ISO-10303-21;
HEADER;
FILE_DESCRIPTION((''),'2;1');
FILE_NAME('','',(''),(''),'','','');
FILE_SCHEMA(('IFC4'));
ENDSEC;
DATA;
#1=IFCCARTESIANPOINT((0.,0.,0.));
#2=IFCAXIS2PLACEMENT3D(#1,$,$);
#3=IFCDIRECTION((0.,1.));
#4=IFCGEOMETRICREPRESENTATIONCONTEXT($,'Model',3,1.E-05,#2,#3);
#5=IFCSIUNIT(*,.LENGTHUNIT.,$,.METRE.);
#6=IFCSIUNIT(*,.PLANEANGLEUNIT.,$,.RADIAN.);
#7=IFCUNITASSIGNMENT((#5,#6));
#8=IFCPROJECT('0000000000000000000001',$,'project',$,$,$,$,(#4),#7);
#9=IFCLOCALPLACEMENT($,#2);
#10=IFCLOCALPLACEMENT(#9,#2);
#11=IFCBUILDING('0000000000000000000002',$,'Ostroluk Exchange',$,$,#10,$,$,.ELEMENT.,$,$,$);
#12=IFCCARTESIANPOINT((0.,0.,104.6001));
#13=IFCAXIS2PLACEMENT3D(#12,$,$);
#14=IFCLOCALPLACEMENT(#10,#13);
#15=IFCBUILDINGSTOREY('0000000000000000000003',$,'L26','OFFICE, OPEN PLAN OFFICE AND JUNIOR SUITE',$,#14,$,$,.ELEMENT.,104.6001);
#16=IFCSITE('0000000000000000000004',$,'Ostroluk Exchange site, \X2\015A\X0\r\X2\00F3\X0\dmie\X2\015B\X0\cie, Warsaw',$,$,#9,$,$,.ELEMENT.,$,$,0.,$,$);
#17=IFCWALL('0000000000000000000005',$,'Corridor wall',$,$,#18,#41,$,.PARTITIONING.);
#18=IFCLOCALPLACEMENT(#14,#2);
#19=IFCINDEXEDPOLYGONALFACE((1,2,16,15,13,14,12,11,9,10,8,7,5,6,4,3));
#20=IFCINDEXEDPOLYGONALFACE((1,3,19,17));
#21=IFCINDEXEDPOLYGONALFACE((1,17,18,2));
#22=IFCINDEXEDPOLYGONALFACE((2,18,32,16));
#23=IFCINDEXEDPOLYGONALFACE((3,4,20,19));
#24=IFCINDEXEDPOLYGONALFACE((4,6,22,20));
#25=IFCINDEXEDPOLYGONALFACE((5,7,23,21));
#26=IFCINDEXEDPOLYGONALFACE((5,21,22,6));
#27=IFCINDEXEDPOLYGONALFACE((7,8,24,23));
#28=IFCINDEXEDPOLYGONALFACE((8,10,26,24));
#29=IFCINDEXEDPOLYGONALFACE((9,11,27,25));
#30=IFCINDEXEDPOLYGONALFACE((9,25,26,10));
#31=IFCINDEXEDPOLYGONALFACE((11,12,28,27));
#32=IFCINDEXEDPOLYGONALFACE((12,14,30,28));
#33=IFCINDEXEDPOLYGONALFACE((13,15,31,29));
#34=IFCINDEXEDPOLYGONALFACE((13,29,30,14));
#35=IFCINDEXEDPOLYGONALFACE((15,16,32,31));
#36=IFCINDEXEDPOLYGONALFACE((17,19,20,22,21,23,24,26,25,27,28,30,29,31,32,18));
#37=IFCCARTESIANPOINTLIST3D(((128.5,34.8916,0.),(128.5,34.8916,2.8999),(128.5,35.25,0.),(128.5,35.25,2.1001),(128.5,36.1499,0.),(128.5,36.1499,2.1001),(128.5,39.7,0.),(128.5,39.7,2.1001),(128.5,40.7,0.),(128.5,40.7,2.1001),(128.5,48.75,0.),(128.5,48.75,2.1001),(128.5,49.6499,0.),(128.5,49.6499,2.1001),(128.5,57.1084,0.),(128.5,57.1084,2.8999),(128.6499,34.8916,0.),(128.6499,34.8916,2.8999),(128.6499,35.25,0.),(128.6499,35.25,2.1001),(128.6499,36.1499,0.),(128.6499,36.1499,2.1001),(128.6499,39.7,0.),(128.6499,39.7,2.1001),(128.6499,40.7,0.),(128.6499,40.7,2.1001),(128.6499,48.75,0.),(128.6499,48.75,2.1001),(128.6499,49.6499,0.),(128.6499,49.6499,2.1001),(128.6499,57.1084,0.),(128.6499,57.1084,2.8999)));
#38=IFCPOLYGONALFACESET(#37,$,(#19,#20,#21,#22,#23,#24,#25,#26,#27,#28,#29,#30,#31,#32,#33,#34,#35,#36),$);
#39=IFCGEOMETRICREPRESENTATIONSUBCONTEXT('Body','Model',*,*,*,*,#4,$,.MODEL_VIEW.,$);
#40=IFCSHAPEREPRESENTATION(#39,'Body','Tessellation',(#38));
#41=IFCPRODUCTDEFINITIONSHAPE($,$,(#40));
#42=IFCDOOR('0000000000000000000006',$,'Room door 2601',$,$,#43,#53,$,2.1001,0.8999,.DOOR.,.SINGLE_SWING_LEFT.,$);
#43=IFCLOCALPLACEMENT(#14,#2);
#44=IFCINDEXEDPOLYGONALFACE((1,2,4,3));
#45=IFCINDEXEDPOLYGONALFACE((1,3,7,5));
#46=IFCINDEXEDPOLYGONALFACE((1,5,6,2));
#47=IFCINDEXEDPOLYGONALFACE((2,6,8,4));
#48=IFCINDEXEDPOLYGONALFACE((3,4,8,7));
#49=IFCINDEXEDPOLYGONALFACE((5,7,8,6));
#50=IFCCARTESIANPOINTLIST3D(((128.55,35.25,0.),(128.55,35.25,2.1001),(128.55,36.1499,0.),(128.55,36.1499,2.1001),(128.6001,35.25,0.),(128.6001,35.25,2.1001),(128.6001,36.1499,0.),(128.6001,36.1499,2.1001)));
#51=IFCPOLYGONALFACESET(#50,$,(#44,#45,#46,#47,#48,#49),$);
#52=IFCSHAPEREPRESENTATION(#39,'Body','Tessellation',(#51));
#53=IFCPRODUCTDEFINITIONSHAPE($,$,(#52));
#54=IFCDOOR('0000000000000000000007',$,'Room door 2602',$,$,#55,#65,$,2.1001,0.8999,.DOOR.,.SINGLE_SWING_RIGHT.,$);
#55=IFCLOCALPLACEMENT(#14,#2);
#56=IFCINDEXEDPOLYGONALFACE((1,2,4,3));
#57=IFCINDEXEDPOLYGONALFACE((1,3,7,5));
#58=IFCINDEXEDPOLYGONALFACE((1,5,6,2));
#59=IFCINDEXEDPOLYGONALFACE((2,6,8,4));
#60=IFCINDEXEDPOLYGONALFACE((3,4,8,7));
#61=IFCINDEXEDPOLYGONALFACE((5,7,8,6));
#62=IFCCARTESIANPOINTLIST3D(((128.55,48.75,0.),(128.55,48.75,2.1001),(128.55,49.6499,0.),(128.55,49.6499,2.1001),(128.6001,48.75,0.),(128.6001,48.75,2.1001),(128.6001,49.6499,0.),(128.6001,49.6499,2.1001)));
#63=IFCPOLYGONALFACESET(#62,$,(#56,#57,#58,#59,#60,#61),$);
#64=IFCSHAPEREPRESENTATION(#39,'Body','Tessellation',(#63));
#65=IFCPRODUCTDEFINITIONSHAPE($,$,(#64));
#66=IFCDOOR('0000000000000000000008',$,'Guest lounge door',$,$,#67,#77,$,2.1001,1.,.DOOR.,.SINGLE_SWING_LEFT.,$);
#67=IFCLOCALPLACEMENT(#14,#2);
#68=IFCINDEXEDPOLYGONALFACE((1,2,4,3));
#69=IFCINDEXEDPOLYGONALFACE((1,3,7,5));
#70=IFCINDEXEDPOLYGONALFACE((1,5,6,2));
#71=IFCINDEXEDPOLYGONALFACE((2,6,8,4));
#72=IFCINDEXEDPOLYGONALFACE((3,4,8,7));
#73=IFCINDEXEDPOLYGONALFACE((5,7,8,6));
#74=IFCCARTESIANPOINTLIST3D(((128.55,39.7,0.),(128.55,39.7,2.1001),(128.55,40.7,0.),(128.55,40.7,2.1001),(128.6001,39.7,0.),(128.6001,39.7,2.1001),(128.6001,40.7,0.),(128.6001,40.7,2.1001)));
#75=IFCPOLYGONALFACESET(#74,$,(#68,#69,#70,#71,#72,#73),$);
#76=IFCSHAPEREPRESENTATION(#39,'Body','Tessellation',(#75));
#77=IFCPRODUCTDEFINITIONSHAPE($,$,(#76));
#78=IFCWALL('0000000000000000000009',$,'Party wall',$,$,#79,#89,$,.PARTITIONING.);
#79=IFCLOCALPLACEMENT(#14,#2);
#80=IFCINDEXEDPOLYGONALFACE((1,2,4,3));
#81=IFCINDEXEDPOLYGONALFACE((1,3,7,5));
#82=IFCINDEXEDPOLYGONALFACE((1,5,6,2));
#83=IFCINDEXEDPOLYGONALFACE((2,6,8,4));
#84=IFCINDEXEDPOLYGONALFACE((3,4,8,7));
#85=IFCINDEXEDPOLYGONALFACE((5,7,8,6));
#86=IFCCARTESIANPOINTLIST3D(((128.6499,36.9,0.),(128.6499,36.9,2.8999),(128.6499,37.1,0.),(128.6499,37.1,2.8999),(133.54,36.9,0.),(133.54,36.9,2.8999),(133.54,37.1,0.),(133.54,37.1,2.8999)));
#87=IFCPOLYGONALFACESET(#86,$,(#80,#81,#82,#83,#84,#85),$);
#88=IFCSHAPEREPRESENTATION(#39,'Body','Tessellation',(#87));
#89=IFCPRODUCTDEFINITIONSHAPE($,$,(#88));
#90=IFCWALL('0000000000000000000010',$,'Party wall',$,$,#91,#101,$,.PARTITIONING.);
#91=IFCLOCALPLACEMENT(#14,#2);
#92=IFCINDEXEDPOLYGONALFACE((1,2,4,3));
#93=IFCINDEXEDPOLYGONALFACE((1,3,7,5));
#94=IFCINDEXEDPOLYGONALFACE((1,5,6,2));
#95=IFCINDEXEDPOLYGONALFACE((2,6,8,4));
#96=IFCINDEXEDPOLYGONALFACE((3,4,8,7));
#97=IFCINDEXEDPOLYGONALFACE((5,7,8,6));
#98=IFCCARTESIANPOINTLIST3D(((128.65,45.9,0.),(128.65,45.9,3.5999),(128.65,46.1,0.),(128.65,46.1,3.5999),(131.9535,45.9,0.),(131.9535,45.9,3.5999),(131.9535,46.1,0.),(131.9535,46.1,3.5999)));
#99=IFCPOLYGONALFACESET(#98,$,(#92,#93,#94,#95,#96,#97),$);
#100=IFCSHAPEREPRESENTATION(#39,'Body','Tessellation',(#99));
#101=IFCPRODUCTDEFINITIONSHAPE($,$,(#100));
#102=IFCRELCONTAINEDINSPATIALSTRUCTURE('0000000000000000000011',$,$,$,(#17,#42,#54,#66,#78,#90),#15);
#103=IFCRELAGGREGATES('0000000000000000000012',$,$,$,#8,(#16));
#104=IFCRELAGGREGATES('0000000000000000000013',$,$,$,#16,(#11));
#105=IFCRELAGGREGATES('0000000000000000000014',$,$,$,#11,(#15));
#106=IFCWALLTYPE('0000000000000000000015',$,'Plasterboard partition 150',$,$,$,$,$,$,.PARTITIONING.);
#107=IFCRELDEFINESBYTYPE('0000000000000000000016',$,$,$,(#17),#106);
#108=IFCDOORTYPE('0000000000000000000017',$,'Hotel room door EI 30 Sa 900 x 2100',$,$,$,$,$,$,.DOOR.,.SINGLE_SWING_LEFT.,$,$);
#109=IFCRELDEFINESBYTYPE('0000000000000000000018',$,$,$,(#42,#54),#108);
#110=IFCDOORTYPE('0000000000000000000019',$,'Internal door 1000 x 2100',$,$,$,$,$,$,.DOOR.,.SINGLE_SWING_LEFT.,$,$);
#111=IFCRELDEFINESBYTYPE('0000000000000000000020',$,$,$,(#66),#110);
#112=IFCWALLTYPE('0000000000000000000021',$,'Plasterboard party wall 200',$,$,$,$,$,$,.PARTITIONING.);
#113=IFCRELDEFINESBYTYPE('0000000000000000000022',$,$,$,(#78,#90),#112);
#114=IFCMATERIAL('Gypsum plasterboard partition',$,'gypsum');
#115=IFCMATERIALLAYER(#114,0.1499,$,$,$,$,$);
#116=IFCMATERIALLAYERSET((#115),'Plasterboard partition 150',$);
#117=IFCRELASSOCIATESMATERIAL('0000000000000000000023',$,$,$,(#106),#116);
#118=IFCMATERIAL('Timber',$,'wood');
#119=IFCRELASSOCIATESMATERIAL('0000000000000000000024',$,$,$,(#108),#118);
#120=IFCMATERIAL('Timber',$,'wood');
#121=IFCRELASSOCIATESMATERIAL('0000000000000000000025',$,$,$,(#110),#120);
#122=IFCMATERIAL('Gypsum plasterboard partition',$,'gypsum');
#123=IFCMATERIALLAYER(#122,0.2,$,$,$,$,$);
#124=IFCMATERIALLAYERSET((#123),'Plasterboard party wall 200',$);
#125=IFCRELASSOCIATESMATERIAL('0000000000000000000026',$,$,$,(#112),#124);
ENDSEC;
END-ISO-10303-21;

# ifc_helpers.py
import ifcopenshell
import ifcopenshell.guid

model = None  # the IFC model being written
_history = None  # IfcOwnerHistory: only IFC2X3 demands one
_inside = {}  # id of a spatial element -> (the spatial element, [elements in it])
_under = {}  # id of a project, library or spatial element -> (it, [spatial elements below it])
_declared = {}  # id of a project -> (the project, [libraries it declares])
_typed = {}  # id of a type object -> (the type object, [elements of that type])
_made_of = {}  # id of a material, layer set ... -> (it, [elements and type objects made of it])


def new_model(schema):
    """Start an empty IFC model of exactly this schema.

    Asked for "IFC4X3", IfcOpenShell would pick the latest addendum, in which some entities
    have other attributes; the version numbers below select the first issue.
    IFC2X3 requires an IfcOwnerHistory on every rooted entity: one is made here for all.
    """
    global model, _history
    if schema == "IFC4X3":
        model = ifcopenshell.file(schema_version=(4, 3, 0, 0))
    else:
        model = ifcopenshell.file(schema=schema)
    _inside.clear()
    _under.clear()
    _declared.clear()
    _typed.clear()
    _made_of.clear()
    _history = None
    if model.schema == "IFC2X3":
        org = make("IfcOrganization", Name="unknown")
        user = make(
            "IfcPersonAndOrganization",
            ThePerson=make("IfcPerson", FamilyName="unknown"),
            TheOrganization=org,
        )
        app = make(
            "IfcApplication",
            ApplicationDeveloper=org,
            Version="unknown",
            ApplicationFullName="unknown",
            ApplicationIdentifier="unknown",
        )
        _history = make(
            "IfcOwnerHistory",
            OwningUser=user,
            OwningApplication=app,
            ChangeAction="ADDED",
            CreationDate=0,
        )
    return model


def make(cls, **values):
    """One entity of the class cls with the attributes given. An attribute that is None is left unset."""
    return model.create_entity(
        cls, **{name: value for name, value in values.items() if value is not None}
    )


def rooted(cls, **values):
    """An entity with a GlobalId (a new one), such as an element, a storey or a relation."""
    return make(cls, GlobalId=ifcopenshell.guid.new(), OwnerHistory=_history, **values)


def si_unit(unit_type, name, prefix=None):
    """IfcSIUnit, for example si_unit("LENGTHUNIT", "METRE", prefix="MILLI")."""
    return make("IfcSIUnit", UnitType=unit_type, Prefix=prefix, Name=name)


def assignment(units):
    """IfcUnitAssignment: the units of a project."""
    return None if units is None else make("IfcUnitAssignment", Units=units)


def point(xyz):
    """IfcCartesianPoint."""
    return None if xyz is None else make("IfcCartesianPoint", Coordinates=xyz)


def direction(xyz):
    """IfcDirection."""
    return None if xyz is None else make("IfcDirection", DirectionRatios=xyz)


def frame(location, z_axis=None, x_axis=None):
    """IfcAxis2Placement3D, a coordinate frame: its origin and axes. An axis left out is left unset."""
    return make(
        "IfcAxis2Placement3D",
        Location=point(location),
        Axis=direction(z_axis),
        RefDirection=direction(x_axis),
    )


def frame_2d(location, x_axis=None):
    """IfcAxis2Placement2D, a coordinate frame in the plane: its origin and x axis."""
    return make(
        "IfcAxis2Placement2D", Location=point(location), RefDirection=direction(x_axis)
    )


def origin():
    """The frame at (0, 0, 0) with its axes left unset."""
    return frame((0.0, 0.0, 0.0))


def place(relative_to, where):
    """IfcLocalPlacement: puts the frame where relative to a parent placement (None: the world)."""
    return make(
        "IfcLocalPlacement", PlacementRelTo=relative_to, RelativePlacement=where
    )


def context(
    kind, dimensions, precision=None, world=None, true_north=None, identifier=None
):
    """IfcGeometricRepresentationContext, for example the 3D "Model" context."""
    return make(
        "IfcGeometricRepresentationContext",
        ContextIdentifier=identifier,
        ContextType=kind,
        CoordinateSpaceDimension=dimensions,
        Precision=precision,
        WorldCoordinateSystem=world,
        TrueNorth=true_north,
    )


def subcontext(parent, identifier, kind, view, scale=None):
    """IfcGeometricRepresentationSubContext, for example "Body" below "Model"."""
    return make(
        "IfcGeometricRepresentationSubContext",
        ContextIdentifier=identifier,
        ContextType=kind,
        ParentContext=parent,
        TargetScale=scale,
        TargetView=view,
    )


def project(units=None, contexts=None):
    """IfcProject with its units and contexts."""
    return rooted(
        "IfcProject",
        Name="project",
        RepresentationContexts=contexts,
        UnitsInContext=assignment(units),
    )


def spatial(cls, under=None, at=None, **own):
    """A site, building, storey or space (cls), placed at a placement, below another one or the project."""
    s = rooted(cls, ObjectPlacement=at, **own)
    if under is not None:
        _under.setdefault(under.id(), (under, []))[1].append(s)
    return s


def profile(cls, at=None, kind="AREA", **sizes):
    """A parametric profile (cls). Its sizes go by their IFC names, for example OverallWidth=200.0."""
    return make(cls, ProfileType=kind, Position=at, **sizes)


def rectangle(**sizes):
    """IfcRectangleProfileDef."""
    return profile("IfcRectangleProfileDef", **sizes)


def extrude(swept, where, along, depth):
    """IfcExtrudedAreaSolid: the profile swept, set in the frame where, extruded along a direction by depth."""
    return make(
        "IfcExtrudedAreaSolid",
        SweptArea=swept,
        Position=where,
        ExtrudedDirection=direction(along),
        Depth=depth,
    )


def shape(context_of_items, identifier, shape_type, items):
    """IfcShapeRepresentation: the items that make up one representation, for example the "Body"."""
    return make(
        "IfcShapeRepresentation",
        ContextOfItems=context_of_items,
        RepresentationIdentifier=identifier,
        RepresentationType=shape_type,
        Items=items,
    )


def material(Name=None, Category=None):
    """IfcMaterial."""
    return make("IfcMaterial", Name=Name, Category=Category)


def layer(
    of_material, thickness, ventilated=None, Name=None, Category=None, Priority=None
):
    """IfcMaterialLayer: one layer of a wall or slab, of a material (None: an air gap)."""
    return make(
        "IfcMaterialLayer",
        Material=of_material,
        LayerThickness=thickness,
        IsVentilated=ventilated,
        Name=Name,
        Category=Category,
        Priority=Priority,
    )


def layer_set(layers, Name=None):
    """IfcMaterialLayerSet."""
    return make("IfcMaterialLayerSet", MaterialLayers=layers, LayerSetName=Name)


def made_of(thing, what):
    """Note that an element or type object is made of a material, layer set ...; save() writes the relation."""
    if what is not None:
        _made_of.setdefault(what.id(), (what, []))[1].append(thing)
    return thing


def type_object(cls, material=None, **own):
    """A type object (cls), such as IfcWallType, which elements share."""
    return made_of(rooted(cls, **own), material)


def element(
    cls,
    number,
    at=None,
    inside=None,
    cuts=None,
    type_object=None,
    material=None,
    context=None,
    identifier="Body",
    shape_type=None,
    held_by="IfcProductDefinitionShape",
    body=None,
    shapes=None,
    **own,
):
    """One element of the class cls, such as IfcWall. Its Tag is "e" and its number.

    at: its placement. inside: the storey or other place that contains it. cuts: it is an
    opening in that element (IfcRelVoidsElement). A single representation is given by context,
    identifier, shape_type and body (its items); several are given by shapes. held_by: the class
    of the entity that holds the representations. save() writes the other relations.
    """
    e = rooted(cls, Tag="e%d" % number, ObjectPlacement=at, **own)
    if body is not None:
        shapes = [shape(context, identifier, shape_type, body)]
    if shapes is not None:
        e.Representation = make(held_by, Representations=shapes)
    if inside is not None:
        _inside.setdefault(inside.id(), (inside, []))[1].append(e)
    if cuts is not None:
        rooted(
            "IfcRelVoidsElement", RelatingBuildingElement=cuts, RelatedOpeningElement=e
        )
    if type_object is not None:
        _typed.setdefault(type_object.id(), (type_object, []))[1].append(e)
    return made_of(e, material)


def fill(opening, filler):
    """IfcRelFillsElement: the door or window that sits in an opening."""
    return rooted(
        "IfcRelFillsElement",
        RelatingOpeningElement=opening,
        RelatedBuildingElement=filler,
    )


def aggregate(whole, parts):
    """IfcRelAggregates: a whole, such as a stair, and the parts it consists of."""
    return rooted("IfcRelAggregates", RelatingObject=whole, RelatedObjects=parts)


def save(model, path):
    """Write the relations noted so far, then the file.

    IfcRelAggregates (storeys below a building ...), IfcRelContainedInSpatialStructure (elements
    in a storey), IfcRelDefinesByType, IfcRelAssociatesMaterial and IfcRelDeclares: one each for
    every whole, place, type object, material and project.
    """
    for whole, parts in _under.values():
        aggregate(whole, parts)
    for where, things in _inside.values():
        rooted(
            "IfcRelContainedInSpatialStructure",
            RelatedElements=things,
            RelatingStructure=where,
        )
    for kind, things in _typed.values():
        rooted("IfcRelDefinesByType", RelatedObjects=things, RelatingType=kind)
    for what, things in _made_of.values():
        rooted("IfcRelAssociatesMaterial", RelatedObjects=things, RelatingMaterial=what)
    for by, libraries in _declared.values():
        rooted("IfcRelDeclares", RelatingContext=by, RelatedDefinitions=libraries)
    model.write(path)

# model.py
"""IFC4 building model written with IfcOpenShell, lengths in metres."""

from ifc_helpers import new_model, si_unit, direction, frame, frame_2d, origin, place, context, subcontext, project, spatial, rectangle, extrude, material, layer, layer_set, type_object, element, fill, save


model = new_model("IFC4")

# Units and contexts
model_context = context("Model", 3, precision=1e-05, world=origin(), true_north=direction((0.0, 1.0)))
body_context = subcontext(model_context, "Body", "Model", "MODEL_VIEW")
ifc_project = project(units=[si_unit("LENGTHUNIT", "METRE"), si_unit("PLANEANGLEUNIT", "RADIAN")], contexts=[model_context])

# Site, building, storey
site_placement = place(None, origin())
site = spatial("IfcSite", under=ifc_project, at=site_placement, Name="Ostroluk Exchange site, Śródmieście, Warsaw", CompositionType="ELEMENT", RefElevation=0.0)
building_placement = place(site_placement, origin())
building = spatial("IfcBuilding", under=site, at=building_placement, Name="Ostroluk Exchange", CompositionType="ELEMENT")
storey_placement = place(building_placement, frame((0.0, 0.0, 104.6001)))
storey = spatial("IfcBuildingStorey", under=building, at=storey_placement, Name="L26", Description="OFFICE, OPEN PLAN OFFICE AND JUNIOR SUITE", CompositionType="ELEMENT", Elevation=104.6001)

# Wall, openings, doors
ifc_material_1 = material(Name="Gypsum plasterboard partition", Category="gypsum")
ifc_layer_1 = layer(ifc_material_1, 0.1499)
ifc_layer_set_1 = layer_set([ifc_layer_1], Name="Plasterboard partition 150")
wall_type_1 = type_object("IfcWallType", Name="Plasterboard partition 150", PredefinedType="PARTITIONING", material=ifc_layer_set_1)
wall_1_placement = place(storey_placement, frame((128.575, 34.8916, 0.0), z_axis=(0.0, 0.0, 1.0), x_axis=(0.0, 1.0, 0.0)))
wall_1 = element("IfcWall", 1, at=wall_1_placement, inside=storey, type_object=wall_type_1, Name="Corridor wall", PredefinedType="PARTITIONING", context=body_context, shape_type="SweptSolid", body=[
    extrude(rectangle(XDim=22.2168, YDim=0.1499, at=frame_2d((11.1084, 0.0))), origin(), (0.0, 0.0, 1.0), 2.8999),
])
opening_1_placement = place(wall_1_placement, frame((0.3584, 0.0, 0.0)))
opening_1 = element("IfcOpeningElement", 2, at=opening_1_placement, cuts=wall_1, PredefinedType="OPENING", context=body_context, shape_type="SweptSolid", body=[
    extrude(rectangle(XDim=0.8999, YDim=2.1001, at=frame_2d((0.45, 1.05))), frame((0.0, 0.085, 0.0), z_axis=(0.0, -1.0, 0.0), x_axis=(1.0, 0.0, 0.0)), (0.0, 0.0, 1.0), 0.1699),
])
opening_2_placement = place(wall_1_placement, frame((4.8083, 0.0, 0.0)))
opening_2 = element("IfcOpeningElement", 3, at=opening_2_placement, cuts=wall_1, PredefinedType="OPENING", context=body_context, shape_type="SweptSolid", body=[
    extrude(rectangle(XDim=1.0, YDim=2.1001, at=frame_2d((0.5, 1.05))), frame((0.0, 0.085, 0.0), z_axis=(0.0, -1.0, 0.0), x_axis=(1.0, 0.0, 0.0)), (0.0, 0.0, 1.0), 0.1699),
])
opening_3_placement = place(wall_1_placement, frame((13.8584, 0.0, 0.0)))
opening_3 = element("IfcOpeningElement", 4, at=opening_3_placement, cuts=wall_1, PredefinedType="OPENING", context=body_context, shape_type="SweptSolid", body=[
    extrude(rectangle(XDim=0.8999, YDim=2.1001, at=frame_2d((0.45, 1.05))), frame((0.0, 0.085, 0.0), z_axis=(0.0, -1.0, 0.0), x_axis=(1.0, 0.0, 0.0)), (0.0, 0.0, 1.0), 0.1699),
])
ifc_material_2 = material(Name="Timber", Category="wood")
door_type_1 = type_object("IfcDoorType", Name="Hotel room door EI 30 Sa 900 x 2100", OperationType="SINGLE_SWING_LEFT", PredefinedType="DOOR", material=ifc_material_2)
door_1_placement = place(opening_1_placement, origin())
door_1 = element("IfcDoor", 5, at=door_1_placement, inside=storey, type_object=door_type_1, Name="Room door 2601", OperationType="SINGLE_SWING_LEFT", OverallHeight=2.1001, OverallWidth=0.8999, PredefinedType="DOOR", context=body_context, shape_type="SweptSolid", body=[
    extrude(rectangle(XDim=0.8999, YDim=2.1001, at=frame_2d((0.45, 1.05))), frame((0.0, 0.0249, 0.0), z_axis=(0.0, -1.0, 0.0), x_axis=(1.0, 0.0, 0.0)), (0.0, 0.0, 1.0), 0.05),
])
fill(opening_1, door_1)
door_2_placement = place(opening_3_placement, origin())
door_2 = element("IfcDoor", 6, at=door_2_placement, inside=storey, type_object=door_type_1, Name="Room door 2602", OperationType="SINGLE_SWING_RIGHT", OverallHeight=2.1001, OverallWidth=0.8999, PredefinedType="DOOR", context=body_context, shape_type="SweptSolid", body=[
    extrude(rectangle(XDim=0.8999, YDim=2.1001, at=frame_2d((0.45, 1.05))), frame((0.0, 0.0249, 0.0), z_axis=(0.0, -1.0, 0.0), x_axis=(1.0, 0.0, 0.0)), (0.0, 0.0, 1.0), 0.05),
])
fill(opening_3, door_2)
ifc_material_3 = material(Name="Timber", Category="wood")
door_type_2 = type_object("IfcDoorType", Name="Internal door 1000 x 2100", OperationType="SINGLE_SWING_LEFT", PredefinedType="DOOR", material=ifc_material_3)
door_3_placement = place(opening_2_placement, origin())
door_3 = element("IfcDoor", 7, at=door_3_placement, inside=storey, type_object=door_type_2, Name="Guest lounge door", OperationType="SINGLE_SWING_LEFT", OverallHeight=2.1001, OverallWidth=1.0, PredefinedType="DOOR", context=body_context, shape_type="SweptSolid", body=[
    extrude(rectangle(XDim=1.0, YDim=2.1001, at=frame_2d((0.5, 1.05))), frame((0.0, 0.0249, 0.0), z_axis=(0.0, -1.0, 0.0), x_axis=(1.0, 0.0, 0.0)), (0.0, 0.0, 1.0), 0.05),
])
fill(opening_2, door_3)

# Walls
ifc_material_4 = material(Name="Gypsum plasterboard partition", Category="gypsum")
ifc_layer_2 = layer(ifc_material_4, 0.2)
ifc_layer_set_2 = layer_set([ifc_layer_2], Name="Plasterboard party wall 200")
wall_type_2 = type_object("IfcWallType", Name="Plasterboard party wall 200", PredefinedType="PARTITIONING", material=ifc_layer_set_2)
wall_2_placement = place(storey_placement, frame((128.6499, 37.0, 0.0), z_axis=(0.0, 0.0, 1.0), x_axis=(1.0, 0.0, 0.0)))
element("IfcWall", 8, at=wall_2_placement, inside=storey, type_object=wall_type_2, Name="Party wall", PredefinedType="PARTITIONING", context=body_context, shape_type="SweptSolid", body=[
    extrude(rectangle(XDim=4.8901, YDim=0.2, at=frame_2d((2.4451, 0.0))), origin(), (0.0, 0.0, 1.0), 2.8999),
])
wall_3_placement = place(storey_placement, frame((128.6499, 46.0, 0.0), z_axis=(0.0, 0.0, 1.0), x_axis=(1.0, 0.0, 0.0)))
element("IfcWall", 9, at=wall_3_placement, inside=storey, type_object=wall_type_2, Name="Party wall", PredefinedType="PARTITIONING", context=body_context, shape_type="SweptSolid", body=[
    extrude(rectangle(XDim=3.3035, YDim=0.2, at=frame_2d((1.6519, 0.0))), origin(), (0.0, 0.0, 1.0), 3.5999),
])

save(model, "model.ifc")
